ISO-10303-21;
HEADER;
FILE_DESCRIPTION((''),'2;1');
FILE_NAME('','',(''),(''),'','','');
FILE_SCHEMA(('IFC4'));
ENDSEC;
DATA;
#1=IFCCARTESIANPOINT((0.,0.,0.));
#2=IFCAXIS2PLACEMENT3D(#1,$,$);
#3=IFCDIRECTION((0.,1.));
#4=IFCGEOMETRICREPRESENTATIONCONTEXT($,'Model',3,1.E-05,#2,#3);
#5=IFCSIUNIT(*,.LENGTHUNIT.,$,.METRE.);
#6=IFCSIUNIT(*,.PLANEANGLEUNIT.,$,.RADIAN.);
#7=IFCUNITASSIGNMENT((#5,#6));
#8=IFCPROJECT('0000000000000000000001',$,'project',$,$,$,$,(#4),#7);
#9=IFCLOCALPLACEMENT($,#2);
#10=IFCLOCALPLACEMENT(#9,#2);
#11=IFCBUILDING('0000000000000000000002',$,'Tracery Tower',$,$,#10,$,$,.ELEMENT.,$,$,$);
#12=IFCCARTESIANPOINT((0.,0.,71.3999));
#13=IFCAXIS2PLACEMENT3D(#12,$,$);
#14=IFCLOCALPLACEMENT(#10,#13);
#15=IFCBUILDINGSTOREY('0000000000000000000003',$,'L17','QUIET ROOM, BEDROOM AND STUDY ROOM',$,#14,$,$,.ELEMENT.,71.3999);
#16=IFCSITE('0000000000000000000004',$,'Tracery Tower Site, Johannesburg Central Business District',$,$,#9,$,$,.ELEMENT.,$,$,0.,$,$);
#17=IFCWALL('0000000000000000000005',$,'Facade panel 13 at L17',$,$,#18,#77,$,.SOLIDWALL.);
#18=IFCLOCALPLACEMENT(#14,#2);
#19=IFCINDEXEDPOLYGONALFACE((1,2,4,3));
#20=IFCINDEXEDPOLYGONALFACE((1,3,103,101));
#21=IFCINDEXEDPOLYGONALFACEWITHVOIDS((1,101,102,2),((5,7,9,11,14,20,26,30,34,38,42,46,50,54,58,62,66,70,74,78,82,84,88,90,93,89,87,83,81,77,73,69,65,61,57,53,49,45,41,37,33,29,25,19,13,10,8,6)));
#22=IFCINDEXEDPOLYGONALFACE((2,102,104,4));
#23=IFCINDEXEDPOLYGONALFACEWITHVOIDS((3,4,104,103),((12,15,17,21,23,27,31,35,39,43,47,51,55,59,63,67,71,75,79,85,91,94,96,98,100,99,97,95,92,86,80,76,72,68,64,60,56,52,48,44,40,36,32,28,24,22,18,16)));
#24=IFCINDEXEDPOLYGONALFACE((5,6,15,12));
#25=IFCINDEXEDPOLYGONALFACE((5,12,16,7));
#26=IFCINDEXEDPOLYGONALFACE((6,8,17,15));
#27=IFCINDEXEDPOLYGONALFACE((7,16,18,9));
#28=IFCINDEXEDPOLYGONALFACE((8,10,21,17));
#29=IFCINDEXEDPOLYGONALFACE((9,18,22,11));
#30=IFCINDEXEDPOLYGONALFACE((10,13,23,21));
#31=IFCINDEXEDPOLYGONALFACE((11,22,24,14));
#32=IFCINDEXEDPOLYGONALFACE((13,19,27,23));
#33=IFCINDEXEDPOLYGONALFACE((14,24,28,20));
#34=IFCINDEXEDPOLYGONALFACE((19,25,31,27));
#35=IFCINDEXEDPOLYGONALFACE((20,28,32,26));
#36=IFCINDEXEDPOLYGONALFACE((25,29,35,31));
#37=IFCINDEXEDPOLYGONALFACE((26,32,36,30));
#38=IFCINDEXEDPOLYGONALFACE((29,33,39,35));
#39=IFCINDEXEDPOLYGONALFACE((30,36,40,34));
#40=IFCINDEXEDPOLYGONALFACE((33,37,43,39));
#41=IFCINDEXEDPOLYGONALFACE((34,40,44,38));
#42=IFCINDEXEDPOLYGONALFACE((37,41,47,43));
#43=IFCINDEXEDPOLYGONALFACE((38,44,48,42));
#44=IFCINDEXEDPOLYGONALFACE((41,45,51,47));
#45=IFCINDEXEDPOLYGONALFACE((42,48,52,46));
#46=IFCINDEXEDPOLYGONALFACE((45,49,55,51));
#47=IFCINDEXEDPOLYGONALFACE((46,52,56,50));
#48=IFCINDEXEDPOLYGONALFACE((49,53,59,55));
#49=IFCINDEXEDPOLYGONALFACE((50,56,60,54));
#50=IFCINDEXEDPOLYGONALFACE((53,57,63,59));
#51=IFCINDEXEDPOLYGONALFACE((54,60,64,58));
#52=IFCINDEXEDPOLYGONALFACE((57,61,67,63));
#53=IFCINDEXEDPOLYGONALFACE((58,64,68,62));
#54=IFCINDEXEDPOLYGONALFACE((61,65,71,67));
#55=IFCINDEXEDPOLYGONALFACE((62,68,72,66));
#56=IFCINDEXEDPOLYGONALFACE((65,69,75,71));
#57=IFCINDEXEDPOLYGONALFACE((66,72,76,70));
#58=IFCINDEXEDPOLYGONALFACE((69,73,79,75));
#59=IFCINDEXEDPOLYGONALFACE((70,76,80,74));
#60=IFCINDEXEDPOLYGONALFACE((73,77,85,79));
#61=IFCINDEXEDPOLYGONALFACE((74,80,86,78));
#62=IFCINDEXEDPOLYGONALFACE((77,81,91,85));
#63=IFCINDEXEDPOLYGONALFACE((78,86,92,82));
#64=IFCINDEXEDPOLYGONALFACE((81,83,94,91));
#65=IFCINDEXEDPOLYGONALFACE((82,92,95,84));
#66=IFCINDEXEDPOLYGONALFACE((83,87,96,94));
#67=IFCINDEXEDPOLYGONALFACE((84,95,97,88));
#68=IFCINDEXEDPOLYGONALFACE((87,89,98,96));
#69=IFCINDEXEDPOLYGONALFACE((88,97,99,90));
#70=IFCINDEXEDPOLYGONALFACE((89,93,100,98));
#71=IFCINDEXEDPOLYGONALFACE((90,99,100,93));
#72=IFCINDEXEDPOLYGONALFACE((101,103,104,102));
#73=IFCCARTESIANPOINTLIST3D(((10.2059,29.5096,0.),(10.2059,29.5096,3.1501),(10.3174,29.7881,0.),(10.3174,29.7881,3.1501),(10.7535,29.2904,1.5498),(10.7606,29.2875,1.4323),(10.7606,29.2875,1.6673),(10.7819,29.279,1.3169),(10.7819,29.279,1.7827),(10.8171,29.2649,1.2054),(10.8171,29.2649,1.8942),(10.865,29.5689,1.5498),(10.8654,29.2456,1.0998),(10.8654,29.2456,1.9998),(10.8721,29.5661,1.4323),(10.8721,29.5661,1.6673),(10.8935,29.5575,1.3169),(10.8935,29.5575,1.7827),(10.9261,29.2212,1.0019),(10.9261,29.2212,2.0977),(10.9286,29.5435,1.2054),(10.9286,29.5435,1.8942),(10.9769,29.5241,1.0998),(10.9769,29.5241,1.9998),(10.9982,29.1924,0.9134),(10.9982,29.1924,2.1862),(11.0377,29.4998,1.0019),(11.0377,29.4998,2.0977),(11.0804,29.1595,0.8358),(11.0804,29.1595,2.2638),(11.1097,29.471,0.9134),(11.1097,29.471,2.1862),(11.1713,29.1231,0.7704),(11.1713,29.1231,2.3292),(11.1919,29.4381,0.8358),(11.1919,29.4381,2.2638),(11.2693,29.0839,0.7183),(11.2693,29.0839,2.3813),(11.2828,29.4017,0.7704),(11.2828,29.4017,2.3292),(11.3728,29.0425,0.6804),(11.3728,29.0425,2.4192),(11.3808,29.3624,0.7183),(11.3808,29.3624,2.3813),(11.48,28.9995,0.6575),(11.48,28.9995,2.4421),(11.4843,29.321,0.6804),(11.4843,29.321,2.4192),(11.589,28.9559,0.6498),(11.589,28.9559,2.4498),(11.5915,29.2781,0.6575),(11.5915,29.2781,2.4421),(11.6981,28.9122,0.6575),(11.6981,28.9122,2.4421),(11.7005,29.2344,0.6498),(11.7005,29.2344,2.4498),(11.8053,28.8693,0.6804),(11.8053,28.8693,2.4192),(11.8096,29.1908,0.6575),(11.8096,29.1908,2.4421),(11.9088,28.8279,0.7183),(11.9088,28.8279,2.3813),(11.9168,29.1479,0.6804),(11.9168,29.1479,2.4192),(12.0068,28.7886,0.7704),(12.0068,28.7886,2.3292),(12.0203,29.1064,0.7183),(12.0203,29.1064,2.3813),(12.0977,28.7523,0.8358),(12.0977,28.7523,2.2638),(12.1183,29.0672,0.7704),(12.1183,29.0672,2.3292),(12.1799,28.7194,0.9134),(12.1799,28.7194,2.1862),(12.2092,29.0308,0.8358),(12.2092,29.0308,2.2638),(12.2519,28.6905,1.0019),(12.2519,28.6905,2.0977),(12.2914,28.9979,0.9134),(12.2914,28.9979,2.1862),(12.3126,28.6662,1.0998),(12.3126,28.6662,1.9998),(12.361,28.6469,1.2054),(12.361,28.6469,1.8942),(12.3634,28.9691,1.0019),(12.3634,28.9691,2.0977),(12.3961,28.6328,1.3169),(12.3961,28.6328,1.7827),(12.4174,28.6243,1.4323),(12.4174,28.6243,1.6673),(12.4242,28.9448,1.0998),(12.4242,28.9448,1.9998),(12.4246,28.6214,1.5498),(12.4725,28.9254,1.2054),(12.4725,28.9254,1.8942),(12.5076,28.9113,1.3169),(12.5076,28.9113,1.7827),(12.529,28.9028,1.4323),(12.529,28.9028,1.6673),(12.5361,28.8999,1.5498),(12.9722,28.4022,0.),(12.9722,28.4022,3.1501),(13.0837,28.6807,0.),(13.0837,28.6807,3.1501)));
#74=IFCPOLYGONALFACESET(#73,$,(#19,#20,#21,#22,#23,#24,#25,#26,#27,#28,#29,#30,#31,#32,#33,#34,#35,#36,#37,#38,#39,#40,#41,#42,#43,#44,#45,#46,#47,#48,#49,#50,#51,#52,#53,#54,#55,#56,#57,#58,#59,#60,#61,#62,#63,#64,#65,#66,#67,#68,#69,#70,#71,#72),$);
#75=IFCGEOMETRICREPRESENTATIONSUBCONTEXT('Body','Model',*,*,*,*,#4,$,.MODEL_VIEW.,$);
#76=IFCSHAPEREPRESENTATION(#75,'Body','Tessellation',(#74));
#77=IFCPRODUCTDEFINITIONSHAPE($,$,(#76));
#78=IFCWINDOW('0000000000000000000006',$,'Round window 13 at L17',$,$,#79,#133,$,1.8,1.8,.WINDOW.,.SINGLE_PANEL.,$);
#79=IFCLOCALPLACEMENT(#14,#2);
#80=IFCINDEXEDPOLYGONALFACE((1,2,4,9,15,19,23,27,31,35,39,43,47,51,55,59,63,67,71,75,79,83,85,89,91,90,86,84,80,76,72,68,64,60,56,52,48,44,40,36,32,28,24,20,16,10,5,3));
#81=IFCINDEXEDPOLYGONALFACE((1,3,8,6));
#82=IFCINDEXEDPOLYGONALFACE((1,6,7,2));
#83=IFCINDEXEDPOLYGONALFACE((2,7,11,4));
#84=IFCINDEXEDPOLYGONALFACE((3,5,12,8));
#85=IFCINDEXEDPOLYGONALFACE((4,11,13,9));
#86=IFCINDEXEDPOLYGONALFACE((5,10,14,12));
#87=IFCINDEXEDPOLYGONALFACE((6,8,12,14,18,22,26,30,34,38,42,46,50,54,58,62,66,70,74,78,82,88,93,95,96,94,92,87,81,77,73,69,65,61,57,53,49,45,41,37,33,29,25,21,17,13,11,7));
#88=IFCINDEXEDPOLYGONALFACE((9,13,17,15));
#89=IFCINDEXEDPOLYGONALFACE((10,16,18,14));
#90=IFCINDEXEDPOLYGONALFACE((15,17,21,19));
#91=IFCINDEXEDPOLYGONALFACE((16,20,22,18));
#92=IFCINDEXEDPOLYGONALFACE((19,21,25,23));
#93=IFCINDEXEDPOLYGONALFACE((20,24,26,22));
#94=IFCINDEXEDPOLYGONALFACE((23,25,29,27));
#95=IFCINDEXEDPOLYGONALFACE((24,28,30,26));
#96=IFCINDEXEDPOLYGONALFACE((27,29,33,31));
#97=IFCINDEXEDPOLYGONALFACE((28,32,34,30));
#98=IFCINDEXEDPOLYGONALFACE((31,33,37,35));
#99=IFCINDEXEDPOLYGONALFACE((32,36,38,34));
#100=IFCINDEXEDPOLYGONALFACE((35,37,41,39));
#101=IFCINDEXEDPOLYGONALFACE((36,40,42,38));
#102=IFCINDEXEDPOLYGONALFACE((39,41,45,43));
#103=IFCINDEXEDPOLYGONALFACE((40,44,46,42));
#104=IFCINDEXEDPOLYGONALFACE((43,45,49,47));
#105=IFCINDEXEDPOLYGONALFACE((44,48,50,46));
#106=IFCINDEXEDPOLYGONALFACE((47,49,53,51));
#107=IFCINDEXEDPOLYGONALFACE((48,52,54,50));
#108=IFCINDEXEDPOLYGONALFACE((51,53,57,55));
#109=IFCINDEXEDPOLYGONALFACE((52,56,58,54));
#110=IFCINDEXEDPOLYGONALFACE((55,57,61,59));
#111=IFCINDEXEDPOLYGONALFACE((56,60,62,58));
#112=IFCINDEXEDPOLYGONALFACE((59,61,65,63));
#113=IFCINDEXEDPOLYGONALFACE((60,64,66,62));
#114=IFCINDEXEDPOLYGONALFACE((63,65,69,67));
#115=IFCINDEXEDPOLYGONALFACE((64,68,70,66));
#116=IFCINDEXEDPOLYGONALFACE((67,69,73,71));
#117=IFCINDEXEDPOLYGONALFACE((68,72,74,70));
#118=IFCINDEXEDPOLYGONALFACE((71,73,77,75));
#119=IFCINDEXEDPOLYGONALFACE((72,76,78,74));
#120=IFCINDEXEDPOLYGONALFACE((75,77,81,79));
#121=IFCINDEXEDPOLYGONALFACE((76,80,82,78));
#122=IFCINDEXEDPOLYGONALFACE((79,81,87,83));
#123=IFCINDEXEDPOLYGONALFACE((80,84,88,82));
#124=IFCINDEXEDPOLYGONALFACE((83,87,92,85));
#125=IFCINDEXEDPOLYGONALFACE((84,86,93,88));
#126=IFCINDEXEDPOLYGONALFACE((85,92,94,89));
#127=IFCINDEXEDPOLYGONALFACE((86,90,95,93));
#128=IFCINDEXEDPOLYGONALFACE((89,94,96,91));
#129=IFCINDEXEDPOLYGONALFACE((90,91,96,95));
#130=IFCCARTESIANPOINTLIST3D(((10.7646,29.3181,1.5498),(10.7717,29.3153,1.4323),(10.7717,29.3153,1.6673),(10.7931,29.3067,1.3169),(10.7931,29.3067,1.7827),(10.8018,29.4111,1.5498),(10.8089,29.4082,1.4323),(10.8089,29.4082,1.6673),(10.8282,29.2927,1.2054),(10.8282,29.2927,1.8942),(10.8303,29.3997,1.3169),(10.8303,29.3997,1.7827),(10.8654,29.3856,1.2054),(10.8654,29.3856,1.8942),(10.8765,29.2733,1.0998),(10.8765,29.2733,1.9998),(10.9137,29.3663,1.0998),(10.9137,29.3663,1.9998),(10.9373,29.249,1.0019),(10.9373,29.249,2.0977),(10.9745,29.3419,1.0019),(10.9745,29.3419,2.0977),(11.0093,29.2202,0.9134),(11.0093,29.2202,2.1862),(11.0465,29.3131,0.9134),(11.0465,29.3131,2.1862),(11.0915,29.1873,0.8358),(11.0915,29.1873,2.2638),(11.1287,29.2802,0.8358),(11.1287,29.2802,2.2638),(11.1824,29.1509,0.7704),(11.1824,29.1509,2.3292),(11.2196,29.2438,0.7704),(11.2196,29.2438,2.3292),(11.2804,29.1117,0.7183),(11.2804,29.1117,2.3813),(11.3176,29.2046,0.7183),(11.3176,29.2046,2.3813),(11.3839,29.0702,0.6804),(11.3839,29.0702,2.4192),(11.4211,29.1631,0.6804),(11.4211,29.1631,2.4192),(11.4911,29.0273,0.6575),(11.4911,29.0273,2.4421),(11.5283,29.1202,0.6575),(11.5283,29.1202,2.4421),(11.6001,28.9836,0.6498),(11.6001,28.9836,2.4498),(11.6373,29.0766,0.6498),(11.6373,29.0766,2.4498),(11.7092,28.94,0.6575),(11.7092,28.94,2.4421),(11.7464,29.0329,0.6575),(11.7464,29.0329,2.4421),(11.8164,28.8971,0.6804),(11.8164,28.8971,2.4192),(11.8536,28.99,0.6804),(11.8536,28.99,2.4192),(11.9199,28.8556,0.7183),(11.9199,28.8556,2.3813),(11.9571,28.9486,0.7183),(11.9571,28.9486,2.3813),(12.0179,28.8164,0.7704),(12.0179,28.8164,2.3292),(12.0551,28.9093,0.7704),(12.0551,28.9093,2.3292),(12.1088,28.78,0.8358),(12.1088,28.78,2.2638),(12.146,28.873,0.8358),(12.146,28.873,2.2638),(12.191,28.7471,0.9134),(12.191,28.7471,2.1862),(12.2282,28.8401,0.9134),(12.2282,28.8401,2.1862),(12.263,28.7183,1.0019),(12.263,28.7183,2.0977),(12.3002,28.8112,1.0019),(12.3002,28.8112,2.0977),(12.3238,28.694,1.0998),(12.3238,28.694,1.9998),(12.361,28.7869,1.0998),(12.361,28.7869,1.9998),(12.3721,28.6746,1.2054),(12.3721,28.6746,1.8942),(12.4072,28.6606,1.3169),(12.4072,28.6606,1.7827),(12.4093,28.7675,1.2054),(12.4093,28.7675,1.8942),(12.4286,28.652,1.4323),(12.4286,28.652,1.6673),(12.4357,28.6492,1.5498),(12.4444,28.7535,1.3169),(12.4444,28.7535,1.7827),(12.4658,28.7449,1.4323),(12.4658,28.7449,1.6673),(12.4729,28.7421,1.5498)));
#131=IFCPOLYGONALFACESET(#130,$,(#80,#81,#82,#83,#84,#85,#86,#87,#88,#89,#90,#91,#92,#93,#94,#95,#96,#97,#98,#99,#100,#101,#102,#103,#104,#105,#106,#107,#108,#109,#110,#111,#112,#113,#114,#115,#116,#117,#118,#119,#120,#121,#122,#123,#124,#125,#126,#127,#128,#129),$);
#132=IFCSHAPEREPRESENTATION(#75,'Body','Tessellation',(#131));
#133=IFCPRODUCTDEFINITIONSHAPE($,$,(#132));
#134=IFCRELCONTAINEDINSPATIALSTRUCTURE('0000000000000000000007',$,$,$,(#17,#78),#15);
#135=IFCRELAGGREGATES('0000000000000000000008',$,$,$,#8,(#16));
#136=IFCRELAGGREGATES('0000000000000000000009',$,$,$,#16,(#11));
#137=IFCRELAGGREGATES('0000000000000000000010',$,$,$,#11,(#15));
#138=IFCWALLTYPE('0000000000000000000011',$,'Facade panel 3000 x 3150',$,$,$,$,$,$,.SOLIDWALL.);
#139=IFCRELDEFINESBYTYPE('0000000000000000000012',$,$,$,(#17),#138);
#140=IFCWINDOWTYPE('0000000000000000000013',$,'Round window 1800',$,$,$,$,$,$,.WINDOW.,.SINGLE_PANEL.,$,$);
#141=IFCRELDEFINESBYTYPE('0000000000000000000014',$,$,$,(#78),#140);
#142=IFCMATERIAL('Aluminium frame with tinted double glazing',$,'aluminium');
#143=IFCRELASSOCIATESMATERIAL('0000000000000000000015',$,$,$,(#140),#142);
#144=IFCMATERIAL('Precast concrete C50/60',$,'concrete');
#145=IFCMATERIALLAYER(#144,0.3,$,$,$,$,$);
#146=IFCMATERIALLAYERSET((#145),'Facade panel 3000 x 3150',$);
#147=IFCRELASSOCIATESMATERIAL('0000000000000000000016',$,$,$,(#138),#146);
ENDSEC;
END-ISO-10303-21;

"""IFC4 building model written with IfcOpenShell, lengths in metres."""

from ifc_helpers import new_model, si_unit, direction, frame, frame_2d, origin, origin_2d, place, context, subcontext, project, spatial, rectangle, circle, extrude, material, layer, layer_set, type_object, element, fill, save


model = new_model("IFC4")

# Units and contexts
model_context = context("Model", 3, precision=1e-05, world=origin(), true_north=direction((0.0, 1.0)))
body_context = subcontext(model_context, "Body", "Model", "MODEL_VIEW")
ifc_project = project(units=[si_unit("LENGTHUNIT", "METRE"), si_unit("PLANEANGLEUNIT", "RADIAN")], contexts=[model_context])

# Site, building, storey
site_placement = place(None, origin())
site = spatial("IfcSite", under=ifc_project, at=site_placement, Name="Tracery Tower Site, Johannesburg Central Business District", CompositionType="ELEMENT", RefElevation=0.0)
building_placement = place(site_placement, origin())
building = spatial("IfcBuilding", under=site, at=building_placement, Name="Tracery Tower", CompositionType="ELEMENT")
storey_placement = place(building_placement, frame((0.0, 0.0, 71.3999)))
storey = spatial("IfcBuildingStorey", under=building, at=storey_placement, Name="L17", Description="QUIET ROOM, BEDROOM AND STUDY ROOM", CompositionType="ELEMENT", Elevation=71.3999)

# Wall, opening, window
ifc_material_1 = material(Name="Aluminium frame with tinted double glazing", Category="aluminium")
window_type = type_object("IfcWindowType", Name="Round window 1800", PartitioningType="SINGLE_PANEL", PredefinedType="WINDOW", material=ifc_material_1)
ifc_material_2 = material(Name="Precast concrete C50/60", Category="concrete")
ifc_layer_1 = layer(ifc_material_2, 0.3)
ifc_layer_set_1 = layer_set([ifc_layer_1], Name="Facade panel 3000 x 3150")
wall_type_1 = type_object("IfcWallType", Name="Facade panel 3000 x 3150", PredefinedType="SOLIDWALL", material=ifc_layer_set_1)
wall_1_placement = place(storey_placement, frame((13.0278, 28.5415, 0.0), z_axis=(0.0, 0.0, 1.0), x_axis=(-0.928375, 0.371645, 0.0)))
wall_1 = element("IfcWall", 1, at=wall_1_placement, inside=storey, type_object=wall_type_1, Name="Facade panel 13 at L17", PredefinedType="SOLIDWALL", context=body_context, shape_type="SweptSolid", body=[
    extrude(rectangle(XDim=2.9797, YDim=0.3, at=frame_2d((1.4897, 0.0))), origin(), (0.0, 0.0, 1.0), 3.1501),
])
opening_1_placement = place(wall_1_placement, frame((1.4897, 0.0, 1.5498)))
opening_1 = element("IfcOpeningElement", 2, at=opening_1_placement, cuts=wall_1, PredefinedType="OPENING", context=body_context, shape_type="SweptSolid", body=[
    extrude(circle(Radius=0.9, at=origin_2d()), frame((0.0, 0.1599, 0.0), z_axis=(0.0, -1.0, 0.0), x_axis=(1.0, 0.0, 0.0)), (0.0, 0.0, 1.0), 0.3201),
])
window_1_placement = place(opening_1_placement, origin())
window_1 = element("IfcWindow", 3, at=window_1_placement, inside=storey, type_object=window_type, Name="Round window 13 at L17", OverallHeight=1.8, OverallWidth=1.8, PartitioningType="SINGLE_PANEL", PredefinedType="WINDOW", context=body_context, shape_type="SweptSolid", body=[
    extrude(circle(Radius=0.9, at=origin_2d()), frame((0.0, 0.1201, 0.0), z_axis=(0.0, -1.0, 0.0), x_axis=(1.0, 0.0, 0.0)), (0.0, 0.0, 1.0), 0.1001),
])
fill(opening_1, window_1)

save(model, "model.ifc")
